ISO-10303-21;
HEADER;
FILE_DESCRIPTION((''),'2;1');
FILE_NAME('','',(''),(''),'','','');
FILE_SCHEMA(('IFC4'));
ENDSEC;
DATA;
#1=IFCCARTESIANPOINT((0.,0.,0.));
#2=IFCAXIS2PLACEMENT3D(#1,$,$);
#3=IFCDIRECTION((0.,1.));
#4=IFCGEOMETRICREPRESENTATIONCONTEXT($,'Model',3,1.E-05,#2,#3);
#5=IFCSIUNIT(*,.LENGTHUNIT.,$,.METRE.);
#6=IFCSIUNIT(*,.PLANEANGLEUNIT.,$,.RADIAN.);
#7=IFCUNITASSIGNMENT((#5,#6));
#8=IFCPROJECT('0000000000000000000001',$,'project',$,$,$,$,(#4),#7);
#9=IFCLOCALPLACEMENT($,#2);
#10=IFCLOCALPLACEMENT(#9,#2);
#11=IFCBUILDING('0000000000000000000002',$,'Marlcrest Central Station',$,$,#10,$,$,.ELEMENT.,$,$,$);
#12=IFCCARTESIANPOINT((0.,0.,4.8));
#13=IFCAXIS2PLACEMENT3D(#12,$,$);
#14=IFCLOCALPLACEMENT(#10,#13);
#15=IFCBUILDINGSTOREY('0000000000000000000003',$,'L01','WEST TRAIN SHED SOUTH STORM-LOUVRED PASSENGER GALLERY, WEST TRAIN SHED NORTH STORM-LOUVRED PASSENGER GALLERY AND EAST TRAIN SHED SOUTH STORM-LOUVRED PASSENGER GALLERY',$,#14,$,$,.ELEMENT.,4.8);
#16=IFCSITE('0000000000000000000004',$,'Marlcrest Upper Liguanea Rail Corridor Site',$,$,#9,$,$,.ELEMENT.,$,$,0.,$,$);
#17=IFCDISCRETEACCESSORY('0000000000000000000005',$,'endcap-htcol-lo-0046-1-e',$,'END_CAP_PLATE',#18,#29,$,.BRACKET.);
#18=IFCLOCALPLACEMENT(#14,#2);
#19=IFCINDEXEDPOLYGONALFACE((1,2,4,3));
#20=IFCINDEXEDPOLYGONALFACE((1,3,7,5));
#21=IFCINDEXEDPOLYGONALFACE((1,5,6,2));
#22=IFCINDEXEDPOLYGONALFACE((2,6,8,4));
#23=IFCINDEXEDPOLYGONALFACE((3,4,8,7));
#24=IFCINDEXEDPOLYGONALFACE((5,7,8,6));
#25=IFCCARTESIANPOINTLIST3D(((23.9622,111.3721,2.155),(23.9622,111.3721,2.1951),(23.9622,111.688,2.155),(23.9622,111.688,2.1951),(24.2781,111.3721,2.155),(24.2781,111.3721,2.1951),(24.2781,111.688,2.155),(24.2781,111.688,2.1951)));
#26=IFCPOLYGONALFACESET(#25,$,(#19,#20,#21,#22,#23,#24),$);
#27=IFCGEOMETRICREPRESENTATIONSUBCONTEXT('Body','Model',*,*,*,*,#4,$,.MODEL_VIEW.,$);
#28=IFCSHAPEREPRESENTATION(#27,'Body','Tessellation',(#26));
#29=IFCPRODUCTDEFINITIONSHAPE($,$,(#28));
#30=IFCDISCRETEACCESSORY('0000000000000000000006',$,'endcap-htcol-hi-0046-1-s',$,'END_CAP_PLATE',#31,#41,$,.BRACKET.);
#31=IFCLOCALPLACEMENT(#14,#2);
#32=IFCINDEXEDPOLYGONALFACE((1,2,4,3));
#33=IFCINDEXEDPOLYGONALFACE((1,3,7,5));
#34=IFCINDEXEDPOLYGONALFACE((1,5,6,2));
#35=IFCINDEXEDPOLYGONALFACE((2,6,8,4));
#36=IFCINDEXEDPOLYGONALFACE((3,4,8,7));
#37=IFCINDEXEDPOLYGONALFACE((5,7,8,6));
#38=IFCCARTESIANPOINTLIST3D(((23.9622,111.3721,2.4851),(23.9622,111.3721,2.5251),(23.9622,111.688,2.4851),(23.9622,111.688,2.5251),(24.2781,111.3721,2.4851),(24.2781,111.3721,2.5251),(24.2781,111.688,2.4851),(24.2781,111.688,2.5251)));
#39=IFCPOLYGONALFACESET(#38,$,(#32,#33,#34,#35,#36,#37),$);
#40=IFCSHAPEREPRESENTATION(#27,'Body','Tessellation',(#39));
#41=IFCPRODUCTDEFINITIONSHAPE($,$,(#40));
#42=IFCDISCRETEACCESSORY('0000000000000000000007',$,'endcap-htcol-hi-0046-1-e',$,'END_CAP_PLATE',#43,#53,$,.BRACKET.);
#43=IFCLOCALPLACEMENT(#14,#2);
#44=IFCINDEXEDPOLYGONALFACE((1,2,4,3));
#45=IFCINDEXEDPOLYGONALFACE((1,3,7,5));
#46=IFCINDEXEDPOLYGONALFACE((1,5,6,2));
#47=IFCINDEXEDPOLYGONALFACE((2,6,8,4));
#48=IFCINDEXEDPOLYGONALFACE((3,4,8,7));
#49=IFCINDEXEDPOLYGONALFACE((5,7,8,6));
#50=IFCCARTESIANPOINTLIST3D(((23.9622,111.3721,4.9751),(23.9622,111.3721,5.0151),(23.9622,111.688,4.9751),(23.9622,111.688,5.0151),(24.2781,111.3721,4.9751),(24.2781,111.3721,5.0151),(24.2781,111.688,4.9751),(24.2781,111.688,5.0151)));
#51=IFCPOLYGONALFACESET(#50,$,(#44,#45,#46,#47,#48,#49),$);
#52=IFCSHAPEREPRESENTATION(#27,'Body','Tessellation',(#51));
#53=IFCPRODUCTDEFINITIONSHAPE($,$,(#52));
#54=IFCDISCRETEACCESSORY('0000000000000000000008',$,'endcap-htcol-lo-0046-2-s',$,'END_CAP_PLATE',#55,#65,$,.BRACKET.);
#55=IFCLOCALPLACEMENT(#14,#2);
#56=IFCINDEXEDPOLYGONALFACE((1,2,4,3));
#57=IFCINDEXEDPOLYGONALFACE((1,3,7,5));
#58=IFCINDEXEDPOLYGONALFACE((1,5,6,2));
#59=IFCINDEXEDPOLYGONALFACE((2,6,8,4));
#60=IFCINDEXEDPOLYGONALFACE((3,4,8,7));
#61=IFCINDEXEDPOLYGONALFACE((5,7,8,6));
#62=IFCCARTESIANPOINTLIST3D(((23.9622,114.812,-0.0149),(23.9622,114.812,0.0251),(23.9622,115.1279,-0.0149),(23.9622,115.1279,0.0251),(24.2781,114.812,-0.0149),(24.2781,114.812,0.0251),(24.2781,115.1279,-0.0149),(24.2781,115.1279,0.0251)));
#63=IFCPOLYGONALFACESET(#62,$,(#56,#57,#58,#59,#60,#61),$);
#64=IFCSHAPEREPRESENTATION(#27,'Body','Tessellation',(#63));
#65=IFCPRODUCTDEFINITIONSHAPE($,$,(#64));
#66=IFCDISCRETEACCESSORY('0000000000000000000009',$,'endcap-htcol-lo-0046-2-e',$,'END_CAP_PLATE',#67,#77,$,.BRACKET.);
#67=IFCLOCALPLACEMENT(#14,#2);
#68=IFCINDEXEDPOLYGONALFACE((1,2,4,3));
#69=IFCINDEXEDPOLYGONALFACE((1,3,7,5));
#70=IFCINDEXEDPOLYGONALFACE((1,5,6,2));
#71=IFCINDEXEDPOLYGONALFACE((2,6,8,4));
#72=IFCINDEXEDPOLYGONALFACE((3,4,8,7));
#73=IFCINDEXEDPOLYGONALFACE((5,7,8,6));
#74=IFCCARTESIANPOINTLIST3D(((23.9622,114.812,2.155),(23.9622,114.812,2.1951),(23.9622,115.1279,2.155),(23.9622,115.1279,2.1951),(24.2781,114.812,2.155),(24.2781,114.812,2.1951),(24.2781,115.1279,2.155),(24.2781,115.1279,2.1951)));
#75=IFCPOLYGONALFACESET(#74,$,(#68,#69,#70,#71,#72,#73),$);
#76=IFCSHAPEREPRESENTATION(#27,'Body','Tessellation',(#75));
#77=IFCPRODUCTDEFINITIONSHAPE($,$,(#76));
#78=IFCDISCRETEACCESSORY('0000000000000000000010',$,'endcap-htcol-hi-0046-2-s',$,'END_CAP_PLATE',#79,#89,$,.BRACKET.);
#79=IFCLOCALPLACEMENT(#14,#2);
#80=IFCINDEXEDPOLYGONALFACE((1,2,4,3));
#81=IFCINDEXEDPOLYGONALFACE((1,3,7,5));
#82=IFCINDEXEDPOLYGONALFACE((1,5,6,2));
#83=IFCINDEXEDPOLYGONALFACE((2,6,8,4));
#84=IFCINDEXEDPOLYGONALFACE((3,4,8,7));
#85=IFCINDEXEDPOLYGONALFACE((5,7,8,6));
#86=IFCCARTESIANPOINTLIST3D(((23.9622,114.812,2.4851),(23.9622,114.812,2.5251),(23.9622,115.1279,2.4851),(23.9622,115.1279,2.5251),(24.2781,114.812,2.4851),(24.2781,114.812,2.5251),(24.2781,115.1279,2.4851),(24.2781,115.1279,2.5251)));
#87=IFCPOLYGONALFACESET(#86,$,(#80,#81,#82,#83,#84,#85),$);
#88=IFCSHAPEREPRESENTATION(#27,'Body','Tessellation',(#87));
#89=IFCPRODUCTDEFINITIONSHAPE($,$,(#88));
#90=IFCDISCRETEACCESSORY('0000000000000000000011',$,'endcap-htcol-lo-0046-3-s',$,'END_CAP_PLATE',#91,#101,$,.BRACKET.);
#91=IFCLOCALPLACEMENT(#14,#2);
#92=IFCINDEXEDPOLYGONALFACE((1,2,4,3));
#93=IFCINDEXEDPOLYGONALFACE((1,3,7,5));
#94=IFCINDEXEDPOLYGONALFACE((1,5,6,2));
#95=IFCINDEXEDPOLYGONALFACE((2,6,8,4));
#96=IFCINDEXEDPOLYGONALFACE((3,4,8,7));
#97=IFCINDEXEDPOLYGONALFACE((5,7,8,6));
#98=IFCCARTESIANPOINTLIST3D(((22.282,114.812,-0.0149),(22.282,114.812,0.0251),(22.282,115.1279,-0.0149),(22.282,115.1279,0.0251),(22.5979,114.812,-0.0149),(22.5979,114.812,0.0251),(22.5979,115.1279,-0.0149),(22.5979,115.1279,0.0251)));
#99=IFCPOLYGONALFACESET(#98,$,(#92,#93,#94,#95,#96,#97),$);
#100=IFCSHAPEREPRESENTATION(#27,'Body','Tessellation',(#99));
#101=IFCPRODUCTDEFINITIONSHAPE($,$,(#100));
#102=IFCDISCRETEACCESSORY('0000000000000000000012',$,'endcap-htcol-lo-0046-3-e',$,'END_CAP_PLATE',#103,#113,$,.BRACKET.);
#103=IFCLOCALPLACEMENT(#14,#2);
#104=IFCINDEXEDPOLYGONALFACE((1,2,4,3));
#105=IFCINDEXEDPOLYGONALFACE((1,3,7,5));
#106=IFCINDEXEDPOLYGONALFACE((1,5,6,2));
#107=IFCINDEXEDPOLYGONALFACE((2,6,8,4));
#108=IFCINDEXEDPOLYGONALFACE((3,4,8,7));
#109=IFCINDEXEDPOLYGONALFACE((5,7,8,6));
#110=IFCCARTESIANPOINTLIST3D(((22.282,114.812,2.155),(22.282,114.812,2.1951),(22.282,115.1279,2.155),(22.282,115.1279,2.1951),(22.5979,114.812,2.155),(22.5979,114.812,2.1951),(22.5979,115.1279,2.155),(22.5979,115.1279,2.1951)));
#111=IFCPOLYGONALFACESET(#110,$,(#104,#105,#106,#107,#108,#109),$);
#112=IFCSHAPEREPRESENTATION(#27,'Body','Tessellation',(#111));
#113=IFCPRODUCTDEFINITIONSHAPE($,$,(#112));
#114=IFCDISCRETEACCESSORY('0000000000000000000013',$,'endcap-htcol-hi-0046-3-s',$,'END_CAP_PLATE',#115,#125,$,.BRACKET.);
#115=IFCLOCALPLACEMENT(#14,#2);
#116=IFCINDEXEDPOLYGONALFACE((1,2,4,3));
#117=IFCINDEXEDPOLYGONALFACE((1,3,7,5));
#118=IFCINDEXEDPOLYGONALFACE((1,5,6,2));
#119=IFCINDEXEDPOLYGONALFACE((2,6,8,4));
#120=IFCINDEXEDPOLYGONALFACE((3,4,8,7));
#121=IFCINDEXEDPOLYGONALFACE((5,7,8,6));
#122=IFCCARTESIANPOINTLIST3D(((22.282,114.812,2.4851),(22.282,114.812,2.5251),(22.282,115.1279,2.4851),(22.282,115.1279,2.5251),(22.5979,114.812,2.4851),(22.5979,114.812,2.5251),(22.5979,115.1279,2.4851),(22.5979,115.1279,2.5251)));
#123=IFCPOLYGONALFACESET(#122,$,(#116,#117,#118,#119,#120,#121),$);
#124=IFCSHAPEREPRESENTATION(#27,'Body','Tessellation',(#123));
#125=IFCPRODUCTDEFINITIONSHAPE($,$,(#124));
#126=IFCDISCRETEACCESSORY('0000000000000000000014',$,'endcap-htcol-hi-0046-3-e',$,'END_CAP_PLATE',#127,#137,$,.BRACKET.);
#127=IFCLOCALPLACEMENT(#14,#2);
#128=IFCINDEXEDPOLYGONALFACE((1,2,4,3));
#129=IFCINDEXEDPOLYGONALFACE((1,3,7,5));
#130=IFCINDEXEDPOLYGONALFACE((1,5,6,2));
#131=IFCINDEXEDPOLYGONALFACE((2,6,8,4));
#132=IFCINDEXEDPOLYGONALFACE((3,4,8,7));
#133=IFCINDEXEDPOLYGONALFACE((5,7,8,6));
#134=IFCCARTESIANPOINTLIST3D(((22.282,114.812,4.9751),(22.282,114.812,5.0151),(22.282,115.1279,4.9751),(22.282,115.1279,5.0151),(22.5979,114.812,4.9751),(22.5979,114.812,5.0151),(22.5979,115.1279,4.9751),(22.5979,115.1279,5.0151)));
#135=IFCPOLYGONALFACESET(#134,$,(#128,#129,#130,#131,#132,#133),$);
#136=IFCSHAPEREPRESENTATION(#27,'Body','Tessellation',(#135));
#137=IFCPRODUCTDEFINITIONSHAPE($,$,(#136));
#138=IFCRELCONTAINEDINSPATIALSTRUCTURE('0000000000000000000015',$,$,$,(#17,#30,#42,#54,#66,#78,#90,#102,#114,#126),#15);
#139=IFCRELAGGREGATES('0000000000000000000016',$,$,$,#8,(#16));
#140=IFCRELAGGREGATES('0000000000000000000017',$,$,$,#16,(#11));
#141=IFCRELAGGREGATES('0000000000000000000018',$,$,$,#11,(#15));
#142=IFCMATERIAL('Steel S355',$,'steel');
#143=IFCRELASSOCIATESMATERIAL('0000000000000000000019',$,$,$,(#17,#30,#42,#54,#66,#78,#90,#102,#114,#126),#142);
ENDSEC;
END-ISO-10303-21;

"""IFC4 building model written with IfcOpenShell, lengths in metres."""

from ifc_helpers import new_model, si_unit, direction, frame, origin, origin_2d, place, context, subcontext, project, spatial, rectangle, extrude, material, element, save


model = new_model("IFC4")

# Units and contexts
model_context = context("Model", 3, precision=1e-05, world=origin(), true_north=direction((0.0, 1.0)))
body_context = subcontext(model_context, "Body", "Model", "MODEL_VIEW")
ifc_project = project(units=[si_unit("LENGTHUNIT", "METRE"), si_unit("PLANEANGLEUNIT", "RADIAN")], contexts=[model_context])

# Site, building, storey
site_placement = place(None, origin())
site = spatial("IfcSite", under=ifc_project, at=site_placement, Name="Marlcrest Upper Liguanea Rail Corridor Site", CompositionType="ELEMENT", RefElevation=0.0)
building_placement = place(site_placement, origin())
building = spatial("IfcBuilding", under=site, at=building_placement, Name="Marlcrest Central Station", CompositionType="ELEMENT")
storey_placement = place(building_placement, frame((0.0, 0.0, 4.8)))
storey = spatial("IfcBuildingStorey", under=building, at=storey_placement, Name="L01", Description="WEST TRAIN SHED SOUTH STORM-LOUVRED PASSENGER GALLERY, WEST TRAIN SHED NORTH STORM-LOUVRED PASSENGER GALLERY AND EAST TRAIN SHED SOUTH STORM-LOUVRED PASSENGER GALLERY", CompositionType="ELEMENT", Elevation=4.8)

# Shared definitions
ifc_material_1 = material(Name="Steel S355", Category="steel")

# Discrete accessories
for number, where, z_axis, x_axis, name in (
    (1, (24.1201, 111.53, 2.155), (0.0, 0.0, 1.0), (1.0, 0.0, 0.0), "endcap-htcol-lo-0046-1-e"),
    (2, (24.1201, 111.53, 2.4851), (0.0, 0.0, 1.0), (1.0, 0.0, 0.0), "endcap-htcol-hi-0046-1-s"),
    (3, (24.1201, 111.53, 4.9751), (0.0, 0.0, 1.0), (1.0, 0.0, 0.0), "endcap-htcol-hi-0046-1-e"),
    (4, (24.1201, 114.97, -0.0149), (0.0, 0.0, 1.0), (1.0, 0.0, 0.0), "endcap-htcol-lo-0046-2-s"),
    (5, (24.1201, 114.97, 2.155), (0.0, 0.0, 1.0), (1.0, 0.0, 0.0), "endcap-htcol-lo-0046-2-e"),
    (6, (24.1201, 114.97, 2.4851), (0.0, 0.0, 1.0), (1.0, 0.0, 0.0), "endcap-htcol-hi-0046-2-s"),
    (7, (22.4399, 114.97, -0.0149), (0.0, 0.0, 1.0), (1.0, 0.0, 0.0), "endcap-htcol-lo-0046-3-s"),
    (8, (22.4399, 114.97, 2.155), (0.0, 0.0, 1.0), (1.0, 0.0, 0.0), "endcap-htcol-lo-0046-3-e"),
    (9, (22.4399, 114.97, 2.4851), (0.0, 0.0, 1.0), (1.0, 0.0, 0.0), "endcap-htcol-hi-0046-3-s"),
    (10, (22.4399, 114.97, 4.9751), (0.0, 0.0, 1.0), (1.0, 0.0, 0.0), "endcap-htcol-hi-0046-3-e"),
):
    element("IfcDiscreteAccessory", number, at=place(storey_placement, frame(where, z_axis=z_axis, x_axis=x_axis)), inside=storey, material=ifc_material_1, Name=name, ObjectType="END_CAP_PLATE", PredefinedType="BRACKET", context=body_context, shape_type="SweptSolid", body=[
        extrude(rectangle(XDim=0.3159, YDim=0.3159, at=origin_2d()), origin(), (0.0, 0.0, 1.0), 0.04),
    ])

save(model, "model.ifc")
